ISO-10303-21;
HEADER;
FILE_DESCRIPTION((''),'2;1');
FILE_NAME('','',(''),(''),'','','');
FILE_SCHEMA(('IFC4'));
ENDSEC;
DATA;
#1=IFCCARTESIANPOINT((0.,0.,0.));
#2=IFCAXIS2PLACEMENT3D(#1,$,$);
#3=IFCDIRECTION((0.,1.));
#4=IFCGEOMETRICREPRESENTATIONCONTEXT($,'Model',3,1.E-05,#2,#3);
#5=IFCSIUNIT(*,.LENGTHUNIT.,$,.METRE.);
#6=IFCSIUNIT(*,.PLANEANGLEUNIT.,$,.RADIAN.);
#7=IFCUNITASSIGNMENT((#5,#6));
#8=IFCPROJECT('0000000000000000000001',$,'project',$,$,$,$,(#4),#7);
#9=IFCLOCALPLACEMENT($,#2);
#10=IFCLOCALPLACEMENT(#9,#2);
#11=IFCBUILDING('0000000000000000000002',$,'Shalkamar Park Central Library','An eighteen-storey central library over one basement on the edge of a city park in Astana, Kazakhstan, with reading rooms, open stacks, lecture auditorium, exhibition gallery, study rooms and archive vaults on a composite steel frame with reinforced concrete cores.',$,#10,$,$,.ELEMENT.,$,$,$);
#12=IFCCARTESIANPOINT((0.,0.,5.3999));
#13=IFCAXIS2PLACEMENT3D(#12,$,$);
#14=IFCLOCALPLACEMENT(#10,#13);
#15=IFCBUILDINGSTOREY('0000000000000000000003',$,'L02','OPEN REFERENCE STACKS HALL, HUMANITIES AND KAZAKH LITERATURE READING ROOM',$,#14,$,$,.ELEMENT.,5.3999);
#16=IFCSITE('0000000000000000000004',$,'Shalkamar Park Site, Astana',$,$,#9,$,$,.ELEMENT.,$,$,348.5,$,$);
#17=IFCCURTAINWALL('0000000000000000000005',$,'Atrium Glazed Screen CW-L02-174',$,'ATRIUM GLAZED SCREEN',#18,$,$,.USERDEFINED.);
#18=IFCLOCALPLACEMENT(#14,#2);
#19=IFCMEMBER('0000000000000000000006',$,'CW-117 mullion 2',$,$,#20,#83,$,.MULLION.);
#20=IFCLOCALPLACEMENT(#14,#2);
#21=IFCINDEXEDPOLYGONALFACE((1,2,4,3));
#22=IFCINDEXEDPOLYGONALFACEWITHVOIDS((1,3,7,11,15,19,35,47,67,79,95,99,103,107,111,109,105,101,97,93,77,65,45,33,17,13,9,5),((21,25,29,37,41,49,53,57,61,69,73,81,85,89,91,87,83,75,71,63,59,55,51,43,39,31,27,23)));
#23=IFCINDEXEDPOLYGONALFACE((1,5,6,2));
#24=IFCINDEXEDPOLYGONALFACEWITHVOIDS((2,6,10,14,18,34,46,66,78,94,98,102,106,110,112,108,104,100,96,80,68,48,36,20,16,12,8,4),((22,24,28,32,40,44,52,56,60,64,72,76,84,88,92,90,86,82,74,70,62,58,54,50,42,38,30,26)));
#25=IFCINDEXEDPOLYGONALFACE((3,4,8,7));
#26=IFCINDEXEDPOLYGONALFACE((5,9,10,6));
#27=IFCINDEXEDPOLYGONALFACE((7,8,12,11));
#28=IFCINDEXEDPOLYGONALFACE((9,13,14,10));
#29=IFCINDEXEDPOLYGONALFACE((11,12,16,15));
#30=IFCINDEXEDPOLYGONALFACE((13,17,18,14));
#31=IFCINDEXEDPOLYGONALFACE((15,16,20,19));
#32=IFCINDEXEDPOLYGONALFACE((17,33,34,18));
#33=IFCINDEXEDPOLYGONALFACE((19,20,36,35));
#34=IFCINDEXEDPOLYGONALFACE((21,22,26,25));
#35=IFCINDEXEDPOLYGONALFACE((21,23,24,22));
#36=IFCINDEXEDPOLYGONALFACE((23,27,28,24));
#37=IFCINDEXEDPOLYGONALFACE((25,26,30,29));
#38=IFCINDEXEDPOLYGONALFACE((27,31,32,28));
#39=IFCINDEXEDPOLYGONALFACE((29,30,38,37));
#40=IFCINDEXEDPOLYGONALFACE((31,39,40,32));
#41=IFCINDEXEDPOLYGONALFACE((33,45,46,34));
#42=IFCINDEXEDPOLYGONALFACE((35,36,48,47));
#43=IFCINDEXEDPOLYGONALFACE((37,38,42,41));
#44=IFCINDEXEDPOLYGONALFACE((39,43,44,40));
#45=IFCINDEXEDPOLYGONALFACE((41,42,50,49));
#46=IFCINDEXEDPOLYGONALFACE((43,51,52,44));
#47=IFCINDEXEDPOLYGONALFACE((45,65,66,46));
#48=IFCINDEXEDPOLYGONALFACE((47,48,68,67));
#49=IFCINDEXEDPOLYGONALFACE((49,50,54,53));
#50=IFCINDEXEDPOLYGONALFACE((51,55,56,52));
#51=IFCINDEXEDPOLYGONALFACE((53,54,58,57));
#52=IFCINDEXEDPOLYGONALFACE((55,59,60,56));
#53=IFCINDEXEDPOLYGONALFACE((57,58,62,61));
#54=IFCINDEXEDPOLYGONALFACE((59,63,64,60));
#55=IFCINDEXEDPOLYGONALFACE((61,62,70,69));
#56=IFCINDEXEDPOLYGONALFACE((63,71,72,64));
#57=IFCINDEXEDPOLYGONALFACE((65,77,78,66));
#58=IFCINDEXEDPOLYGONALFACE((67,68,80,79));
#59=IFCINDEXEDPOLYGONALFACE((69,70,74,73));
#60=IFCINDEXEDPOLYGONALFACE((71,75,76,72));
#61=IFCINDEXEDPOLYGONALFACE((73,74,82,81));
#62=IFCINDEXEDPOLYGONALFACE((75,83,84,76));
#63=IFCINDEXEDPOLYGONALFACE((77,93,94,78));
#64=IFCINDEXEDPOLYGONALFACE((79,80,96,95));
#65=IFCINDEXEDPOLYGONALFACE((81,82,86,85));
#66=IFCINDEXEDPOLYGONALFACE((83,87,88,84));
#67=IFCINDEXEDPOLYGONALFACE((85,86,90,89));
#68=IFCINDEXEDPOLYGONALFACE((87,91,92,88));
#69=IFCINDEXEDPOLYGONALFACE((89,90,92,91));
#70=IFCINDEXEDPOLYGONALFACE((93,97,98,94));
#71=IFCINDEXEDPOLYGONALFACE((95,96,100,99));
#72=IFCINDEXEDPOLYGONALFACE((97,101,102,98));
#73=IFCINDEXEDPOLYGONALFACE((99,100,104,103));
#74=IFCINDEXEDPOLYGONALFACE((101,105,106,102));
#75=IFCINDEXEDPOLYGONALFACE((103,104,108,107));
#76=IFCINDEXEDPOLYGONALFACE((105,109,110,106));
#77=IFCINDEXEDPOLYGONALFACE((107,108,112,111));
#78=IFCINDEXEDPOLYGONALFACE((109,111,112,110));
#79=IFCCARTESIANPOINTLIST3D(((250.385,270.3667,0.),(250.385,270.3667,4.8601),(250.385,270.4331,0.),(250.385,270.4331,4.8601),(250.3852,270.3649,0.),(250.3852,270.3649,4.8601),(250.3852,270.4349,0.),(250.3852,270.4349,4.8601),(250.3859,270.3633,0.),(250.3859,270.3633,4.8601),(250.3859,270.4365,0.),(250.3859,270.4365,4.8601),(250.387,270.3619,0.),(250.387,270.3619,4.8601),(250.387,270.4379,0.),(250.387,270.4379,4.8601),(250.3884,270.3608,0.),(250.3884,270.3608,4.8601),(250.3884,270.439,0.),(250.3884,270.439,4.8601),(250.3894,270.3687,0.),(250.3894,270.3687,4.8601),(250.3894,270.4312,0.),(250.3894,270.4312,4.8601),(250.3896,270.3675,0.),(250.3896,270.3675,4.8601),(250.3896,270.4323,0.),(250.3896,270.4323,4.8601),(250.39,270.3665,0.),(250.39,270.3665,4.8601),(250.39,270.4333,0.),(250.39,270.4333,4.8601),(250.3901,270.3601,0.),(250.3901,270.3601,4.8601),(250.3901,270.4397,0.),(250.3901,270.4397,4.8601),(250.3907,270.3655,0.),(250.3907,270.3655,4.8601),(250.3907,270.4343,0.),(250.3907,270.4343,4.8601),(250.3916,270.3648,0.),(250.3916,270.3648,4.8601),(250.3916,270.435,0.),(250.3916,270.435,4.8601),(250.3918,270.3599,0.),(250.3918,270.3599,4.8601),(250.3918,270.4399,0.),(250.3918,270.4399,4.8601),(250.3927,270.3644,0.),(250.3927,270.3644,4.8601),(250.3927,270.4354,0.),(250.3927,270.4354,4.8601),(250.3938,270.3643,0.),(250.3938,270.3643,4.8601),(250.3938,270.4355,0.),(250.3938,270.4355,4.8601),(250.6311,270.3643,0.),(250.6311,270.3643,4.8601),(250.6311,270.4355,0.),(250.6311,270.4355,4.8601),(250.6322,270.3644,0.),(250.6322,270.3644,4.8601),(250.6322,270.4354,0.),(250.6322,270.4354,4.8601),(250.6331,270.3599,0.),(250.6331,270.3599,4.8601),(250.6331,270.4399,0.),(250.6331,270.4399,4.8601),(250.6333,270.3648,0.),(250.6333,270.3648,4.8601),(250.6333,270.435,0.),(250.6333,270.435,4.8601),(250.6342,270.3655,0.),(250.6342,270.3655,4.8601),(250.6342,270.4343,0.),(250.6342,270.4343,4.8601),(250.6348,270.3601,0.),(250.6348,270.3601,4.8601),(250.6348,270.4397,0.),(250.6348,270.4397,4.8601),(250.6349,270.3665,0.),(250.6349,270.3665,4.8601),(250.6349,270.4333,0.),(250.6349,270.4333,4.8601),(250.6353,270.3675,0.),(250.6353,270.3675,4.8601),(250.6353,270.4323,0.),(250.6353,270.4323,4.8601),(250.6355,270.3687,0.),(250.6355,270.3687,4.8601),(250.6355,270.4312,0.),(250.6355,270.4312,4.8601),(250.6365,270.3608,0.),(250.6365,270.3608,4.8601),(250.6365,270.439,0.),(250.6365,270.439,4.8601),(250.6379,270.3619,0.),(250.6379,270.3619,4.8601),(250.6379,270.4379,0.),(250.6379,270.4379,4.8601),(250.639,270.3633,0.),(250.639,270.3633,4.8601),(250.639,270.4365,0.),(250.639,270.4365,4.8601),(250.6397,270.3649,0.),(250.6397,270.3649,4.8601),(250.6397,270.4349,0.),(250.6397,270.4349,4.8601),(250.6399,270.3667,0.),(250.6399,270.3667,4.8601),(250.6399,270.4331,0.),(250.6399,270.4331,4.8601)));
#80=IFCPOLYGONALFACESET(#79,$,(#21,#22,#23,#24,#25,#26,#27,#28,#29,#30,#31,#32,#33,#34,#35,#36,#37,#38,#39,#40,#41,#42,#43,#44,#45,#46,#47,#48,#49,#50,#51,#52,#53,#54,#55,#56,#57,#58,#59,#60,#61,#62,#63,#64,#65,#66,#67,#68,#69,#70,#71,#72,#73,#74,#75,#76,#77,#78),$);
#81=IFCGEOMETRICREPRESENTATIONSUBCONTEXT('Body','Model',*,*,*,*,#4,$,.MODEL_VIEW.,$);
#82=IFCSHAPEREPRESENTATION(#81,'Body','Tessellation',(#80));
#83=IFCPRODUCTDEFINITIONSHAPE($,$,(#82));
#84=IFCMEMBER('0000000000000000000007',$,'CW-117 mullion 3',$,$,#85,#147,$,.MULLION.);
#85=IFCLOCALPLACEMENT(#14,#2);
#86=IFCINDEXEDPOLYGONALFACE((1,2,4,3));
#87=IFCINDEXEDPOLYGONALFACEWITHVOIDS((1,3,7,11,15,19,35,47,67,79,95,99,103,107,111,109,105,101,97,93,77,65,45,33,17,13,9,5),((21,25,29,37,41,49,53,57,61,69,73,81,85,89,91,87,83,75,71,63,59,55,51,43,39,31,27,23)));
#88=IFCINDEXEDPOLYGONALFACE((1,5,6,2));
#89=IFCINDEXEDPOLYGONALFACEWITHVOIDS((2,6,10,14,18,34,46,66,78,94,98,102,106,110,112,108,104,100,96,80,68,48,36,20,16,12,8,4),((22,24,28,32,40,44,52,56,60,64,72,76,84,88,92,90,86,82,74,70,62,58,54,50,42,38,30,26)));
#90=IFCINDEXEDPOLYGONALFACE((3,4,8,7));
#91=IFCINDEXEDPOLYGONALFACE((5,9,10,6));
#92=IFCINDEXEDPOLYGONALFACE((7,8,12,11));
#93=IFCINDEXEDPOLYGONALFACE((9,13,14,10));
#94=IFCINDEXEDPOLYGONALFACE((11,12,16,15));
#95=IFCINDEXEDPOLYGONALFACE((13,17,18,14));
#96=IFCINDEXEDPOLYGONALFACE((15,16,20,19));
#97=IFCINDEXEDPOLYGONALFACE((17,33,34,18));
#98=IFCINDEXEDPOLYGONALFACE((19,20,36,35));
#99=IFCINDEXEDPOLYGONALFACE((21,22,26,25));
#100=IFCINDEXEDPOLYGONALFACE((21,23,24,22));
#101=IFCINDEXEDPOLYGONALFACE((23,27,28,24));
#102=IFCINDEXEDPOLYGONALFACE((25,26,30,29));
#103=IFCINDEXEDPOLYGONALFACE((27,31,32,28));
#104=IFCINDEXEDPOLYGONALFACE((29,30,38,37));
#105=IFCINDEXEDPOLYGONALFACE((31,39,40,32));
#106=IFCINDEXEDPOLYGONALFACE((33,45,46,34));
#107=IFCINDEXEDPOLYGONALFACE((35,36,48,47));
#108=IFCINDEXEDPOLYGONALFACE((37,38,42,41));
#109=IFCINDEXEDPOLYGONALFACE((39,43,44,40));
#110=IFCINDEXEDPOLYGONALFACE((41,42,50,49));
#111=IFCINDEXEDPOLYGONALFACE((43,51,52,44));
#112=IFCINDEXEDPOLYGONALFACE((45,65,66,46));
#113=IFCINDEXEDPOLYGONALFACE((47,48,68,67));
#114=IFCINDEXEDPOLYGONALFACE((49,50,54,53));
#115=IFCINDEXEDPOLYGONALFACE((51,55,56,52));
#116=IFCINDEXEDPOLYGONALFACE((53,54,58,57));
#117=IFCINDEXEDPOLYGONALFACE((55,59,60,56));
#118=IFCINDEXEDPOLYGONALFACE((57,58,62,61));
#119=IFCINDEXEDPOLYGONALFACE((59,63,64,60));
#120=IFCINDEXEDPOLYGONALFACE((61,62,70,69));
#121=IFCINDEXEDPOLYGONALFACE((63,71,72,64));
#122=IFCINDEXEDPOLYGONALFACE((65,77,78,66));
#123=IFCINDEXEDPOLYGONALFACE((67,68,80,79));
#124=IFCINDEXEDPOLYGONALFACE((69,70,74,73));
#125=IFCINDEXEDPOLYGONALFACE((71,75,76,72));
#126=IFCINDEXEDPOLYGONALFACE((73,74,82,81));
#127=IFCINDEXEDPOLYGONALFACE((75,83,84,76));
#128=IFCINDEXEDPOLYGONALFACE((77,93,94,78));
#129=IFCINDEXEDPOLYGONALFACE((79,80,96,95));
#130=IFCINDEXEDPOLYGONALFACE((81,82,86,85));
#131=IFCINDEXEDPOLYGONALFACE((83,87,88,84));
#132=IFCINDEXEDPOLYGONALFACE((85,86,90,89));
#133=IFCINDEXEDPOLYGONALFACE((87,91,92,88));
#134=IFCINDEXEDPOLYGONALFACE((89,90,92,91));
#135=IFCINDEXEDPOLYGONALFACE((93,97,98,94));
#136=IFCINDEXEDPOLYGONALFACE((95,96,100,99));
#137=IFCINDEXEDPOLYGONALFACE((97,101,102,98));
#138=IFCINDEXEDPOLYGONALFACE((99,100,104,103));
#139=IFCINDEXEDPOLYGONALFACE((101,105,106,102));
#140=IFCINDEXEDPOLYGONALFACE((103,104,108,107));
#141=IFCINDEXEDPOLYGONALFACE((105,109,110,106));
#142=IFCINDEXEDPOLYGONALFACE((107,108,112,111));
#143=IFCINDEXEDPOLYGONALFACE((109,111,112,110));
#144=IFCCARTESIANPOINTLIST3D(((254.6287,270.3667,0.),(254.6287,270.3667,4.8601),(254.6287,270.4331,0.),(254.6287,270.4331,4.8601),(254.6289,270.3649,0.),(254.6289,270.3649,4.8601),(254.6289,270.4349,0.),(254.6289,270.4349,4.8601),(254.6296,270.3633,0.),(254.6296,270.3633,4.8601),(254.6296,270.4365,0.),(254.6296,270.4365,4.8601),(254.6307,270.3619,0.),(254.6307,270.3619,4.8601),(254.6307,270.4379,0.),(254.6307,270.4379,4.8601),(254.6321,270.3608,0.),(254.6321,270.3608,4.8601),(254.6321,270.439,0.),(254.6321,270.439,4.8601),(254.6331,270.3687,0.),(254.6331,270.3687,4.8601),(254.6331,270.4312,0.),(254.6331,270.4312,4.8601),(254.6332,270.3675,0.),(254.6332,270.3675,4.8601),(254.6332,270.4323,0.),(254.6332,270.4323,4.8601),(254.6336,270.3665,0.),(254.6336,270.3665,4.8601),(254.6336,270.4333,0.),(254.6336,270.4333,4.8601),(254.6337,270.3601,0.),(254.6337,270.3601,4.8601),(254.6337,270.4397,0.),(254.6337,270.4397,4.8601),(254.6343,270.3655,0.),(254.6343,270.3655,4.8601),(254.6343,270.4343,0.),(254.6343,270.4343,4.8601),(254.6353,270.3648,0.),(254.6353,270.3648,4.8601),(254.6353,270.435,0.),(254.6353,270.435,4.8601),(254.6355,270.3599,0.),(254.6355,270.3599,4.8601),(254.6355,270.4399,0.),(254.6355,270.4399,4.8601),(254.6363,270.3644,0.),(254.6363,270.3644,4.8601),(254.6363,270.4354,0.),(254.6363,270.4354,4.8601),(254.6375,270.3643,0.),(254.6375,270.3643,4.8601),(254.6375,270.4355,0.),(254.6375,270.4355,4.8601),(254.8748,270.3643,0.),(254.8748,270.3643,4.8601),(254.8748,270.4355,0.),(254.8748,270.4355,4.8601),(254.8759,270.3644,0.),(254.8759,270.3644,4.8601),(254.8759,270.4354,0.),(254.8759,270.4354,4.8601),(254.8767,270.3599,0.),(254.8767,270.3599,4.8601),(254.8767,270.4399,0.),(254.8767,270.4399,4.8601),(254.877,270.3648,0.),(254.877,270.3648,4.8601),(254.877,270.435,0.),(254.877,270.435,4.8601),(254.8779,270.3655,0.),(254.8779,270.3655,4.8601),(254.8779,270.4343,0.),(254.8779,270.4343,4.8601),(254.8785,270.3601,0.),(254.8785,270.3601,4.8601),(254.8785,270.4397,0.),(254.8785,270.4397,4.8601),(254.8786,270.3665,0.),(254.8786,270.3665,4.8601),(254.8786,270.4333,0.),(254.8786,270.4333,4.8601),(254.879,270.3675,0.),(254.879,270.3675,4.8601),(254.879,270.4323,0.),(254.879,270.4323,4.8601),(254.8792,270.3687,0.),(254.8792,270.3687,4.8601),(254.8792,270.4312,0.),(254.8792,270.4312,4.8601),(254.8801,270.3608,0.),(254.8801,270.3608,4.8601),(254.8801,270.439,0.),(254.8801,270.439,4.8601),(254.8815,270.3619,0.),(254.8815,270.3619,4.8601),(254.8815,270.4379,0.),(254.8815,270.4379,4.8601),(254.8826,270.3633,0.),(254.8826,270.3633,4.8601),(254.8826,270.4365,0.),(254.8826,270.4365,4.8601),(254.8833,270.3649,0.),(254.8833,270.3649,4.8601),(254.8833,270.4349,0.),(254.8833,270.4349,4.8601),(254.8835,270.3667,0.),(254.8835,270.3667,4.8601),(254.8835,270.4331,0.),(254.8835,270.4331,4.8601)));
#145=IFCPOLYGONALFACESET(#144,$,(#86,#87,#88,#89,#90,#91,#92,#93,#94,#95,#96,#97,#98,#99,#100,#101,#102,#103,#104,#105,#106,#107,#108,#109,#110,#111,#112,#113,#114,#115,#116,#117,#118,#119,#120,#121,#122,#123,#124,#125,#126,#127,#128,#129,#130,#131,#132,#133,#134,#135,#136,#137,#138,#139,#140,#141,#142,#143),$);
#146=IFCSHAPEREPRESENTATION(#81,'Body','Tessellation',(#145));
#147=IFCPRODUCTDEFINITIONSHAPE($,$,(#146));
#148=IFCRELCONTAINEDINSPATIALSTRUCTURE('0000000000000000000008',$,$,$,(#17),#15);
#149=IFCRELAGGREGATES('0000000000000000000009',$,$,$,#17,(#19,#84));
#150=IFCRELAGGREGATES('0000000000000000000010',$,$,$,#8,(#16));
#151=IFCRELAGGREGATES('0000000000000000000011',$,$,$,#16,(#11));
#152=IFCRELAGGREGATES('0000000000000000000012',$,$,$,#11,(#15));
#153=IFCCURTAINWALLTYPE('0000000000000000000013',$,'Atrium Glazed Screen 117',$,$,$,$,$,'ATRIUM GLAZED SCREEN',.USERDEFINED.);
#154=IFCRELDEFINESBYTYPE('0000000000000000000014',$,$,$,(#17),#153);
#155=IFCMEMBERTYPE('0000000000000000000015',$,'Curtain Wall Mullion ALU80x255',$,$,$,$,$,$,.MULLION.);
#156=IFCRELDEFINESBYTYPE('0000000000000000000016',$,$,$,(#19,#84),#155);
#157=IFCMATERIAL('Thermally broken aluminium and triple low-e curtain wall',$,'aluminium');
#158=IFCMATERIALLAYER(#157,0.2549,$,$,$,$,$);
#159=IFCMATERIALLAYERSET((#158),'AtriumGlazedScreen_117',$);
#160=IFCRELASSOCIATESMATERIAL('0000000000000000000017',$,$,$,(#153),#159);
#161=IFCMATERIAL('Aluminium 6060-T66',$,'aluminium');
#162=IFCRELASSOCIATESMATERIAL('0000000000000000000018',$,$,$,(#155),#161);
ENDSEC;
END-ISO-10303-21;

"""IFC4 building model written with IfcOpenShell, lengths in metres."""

from ifc_helpers import new_model, si_unit, direction, frame, origin, origin_2d, place, context, subcontext, project, spatial, hollow_rectangle, extrude, material, layer, layer_set, material_profile, profile_set, type_object, element, aggregate, save


model = new_model("IFC4")

# Units and contexts
model_context = context("Model", 3, precision=1e-05, world=origin(), true_north=direction((0.0, 1.0)))
body_context = subcontext(model_context, "Body", "Model", "MODEL_VIEW")
ifc_project = project(units=[si_unit("LENGTHUNIT", "METRE"), si_unit("PLANEANGLEUNIT", "RADIAN")], contexts=[model_context])

# Site, building, storey
site_placement = place(None, origin())
site = spatial("IfcSite", under=ifc_project, at=site_placement, Name="Shalkamar Park Site, Astana", CompositionType="ELEMENT", RefElevation=348.5)
building_placement = place(site_placement, origin())
building = spatial("IfcBuilding", under=site, at=building_placement, Name="Shalkamar Park Central Library", Description="An eighteen-storey central library over one basement on the edge of a city park in Astana, Kazakhstan, with reading rooms, open stacks, lecture auditorium, exhibition gallery, study rooms and archive vaults on a composite steel frame with reinforced concrete cores.", CompositionType="ELEMENT")
storey_placement = place(building_placement, frame((0.0, 0.0, 5.3999)))
storey = spatial("IfcBuildingStorey", under=building, at=storey_placement, Name="L02", Description="OPEN REFERENCE STACKS HALL, HUMANITIES AND KAZAKH LITERATURE READING ROOM", CompositionType="ELEMENT", Elevation=5.3999)

# Curtain wall, members
ifc_material_1 = material(Name="Thermally broken aluminium and triple low-e curtain wall", Category="aluminium")
ifc_material_2 = material(Name="Aluminium 6060-T66", Category="aluminium")
ifc_layer_1 = layer(ifc_material_1, 0.2549)
ifc_layer_set_1 = layer_set([ifc_layer_1], Name="AtriumGlazedScreen_117")
curtain_wall_type_1 = type_object("IfcCurtainWallType", Name="Atrium Glazed Screen 117", ElementType="ATRIUM GLAZED SCREEN", PredefinedType="USERDEFINED", material=ifc_layer_set_1)
curtain_wall_1_placement = place(storey_placement, origin())
curtain_wall_1 = element("IfcCurtainWall", 1, at=curtain_wall_1_placement, inside=storey, type_object=curtain_wall_type_1, Name="Atrium Glazed Screen CW-L02-174", ObjectType="ATRIUM GLAZED SCREEN", PredefinedType="USERDEFINED")
ifc_material_profile_1 = material_profile(ifc_material_2, hollow_rectangle(XDim=0.0801, YDim=0.2549, WallThickness=0.0044, InnerFilletRadius=0.0044, OuterFilletRadius=0.0068, at=origin_2d()), Name="ALU 80x255x4.5")
ifc_profile_set_1 = profile_set([ifc_material_profile_1], Name="Aluminium 6060-T66")
member_type_1 = type_object("IfcMemberType", Name="Curtain Wall Mullion ALU80x255", PredefinedType="MULLION", material=ifc_profile_set_1)
member_1_placement = place(storey_placement, frame((250.5125, 270.3999, 0.0), z_axis=(0.0, 0.0, 1.0), x_axis=(0.0, 1.0, 0.0)))
member_1 = element("IfcMember", 2, at=member_1_placement, type_object=member_type_1, Name="CW-117 mullion 2", PredefinedType="MULLION", context=body_context, shape_type="SweptSolid", body=[
    extrude(hollow_rectangle(XDim=0.0801, YDim=0.2549, WallThickness=0.0044, InnerFilletRadius=0.0044, OuterFilletRadius=0.0068, at=origin_2d()), origin(), (0.0, 0.0, 1.0), 4.8601),
])
member_2_placement = place(storey_placement, frame((254.7561, 270.3999, 0.0), z_axis=(0.0, 0.0, 1.0), x_axis=(0.0, 1.0, 0.0)))
member_2 = element("IfcMember", 3, at=member_2_placement, type_object=member_type_1, Name="CW-117 mullion 3", PredefinedType="MULLION", context=body_context, shape_type="SweptSolid", body=[
    extrude(hollow_rectangle(XDim=0.0801, YDim=0.2549, WallThickness=0.0044, InnerFilletRadius=0.0044, OuterFilletRadius=0.0068, at=origin_2d()), origin(), (0.0, 0.0, 1.0), 4.8601),
])

aggregate(curtain_wall_1, [member_1, member_2])

save(model, "model.ifc")
